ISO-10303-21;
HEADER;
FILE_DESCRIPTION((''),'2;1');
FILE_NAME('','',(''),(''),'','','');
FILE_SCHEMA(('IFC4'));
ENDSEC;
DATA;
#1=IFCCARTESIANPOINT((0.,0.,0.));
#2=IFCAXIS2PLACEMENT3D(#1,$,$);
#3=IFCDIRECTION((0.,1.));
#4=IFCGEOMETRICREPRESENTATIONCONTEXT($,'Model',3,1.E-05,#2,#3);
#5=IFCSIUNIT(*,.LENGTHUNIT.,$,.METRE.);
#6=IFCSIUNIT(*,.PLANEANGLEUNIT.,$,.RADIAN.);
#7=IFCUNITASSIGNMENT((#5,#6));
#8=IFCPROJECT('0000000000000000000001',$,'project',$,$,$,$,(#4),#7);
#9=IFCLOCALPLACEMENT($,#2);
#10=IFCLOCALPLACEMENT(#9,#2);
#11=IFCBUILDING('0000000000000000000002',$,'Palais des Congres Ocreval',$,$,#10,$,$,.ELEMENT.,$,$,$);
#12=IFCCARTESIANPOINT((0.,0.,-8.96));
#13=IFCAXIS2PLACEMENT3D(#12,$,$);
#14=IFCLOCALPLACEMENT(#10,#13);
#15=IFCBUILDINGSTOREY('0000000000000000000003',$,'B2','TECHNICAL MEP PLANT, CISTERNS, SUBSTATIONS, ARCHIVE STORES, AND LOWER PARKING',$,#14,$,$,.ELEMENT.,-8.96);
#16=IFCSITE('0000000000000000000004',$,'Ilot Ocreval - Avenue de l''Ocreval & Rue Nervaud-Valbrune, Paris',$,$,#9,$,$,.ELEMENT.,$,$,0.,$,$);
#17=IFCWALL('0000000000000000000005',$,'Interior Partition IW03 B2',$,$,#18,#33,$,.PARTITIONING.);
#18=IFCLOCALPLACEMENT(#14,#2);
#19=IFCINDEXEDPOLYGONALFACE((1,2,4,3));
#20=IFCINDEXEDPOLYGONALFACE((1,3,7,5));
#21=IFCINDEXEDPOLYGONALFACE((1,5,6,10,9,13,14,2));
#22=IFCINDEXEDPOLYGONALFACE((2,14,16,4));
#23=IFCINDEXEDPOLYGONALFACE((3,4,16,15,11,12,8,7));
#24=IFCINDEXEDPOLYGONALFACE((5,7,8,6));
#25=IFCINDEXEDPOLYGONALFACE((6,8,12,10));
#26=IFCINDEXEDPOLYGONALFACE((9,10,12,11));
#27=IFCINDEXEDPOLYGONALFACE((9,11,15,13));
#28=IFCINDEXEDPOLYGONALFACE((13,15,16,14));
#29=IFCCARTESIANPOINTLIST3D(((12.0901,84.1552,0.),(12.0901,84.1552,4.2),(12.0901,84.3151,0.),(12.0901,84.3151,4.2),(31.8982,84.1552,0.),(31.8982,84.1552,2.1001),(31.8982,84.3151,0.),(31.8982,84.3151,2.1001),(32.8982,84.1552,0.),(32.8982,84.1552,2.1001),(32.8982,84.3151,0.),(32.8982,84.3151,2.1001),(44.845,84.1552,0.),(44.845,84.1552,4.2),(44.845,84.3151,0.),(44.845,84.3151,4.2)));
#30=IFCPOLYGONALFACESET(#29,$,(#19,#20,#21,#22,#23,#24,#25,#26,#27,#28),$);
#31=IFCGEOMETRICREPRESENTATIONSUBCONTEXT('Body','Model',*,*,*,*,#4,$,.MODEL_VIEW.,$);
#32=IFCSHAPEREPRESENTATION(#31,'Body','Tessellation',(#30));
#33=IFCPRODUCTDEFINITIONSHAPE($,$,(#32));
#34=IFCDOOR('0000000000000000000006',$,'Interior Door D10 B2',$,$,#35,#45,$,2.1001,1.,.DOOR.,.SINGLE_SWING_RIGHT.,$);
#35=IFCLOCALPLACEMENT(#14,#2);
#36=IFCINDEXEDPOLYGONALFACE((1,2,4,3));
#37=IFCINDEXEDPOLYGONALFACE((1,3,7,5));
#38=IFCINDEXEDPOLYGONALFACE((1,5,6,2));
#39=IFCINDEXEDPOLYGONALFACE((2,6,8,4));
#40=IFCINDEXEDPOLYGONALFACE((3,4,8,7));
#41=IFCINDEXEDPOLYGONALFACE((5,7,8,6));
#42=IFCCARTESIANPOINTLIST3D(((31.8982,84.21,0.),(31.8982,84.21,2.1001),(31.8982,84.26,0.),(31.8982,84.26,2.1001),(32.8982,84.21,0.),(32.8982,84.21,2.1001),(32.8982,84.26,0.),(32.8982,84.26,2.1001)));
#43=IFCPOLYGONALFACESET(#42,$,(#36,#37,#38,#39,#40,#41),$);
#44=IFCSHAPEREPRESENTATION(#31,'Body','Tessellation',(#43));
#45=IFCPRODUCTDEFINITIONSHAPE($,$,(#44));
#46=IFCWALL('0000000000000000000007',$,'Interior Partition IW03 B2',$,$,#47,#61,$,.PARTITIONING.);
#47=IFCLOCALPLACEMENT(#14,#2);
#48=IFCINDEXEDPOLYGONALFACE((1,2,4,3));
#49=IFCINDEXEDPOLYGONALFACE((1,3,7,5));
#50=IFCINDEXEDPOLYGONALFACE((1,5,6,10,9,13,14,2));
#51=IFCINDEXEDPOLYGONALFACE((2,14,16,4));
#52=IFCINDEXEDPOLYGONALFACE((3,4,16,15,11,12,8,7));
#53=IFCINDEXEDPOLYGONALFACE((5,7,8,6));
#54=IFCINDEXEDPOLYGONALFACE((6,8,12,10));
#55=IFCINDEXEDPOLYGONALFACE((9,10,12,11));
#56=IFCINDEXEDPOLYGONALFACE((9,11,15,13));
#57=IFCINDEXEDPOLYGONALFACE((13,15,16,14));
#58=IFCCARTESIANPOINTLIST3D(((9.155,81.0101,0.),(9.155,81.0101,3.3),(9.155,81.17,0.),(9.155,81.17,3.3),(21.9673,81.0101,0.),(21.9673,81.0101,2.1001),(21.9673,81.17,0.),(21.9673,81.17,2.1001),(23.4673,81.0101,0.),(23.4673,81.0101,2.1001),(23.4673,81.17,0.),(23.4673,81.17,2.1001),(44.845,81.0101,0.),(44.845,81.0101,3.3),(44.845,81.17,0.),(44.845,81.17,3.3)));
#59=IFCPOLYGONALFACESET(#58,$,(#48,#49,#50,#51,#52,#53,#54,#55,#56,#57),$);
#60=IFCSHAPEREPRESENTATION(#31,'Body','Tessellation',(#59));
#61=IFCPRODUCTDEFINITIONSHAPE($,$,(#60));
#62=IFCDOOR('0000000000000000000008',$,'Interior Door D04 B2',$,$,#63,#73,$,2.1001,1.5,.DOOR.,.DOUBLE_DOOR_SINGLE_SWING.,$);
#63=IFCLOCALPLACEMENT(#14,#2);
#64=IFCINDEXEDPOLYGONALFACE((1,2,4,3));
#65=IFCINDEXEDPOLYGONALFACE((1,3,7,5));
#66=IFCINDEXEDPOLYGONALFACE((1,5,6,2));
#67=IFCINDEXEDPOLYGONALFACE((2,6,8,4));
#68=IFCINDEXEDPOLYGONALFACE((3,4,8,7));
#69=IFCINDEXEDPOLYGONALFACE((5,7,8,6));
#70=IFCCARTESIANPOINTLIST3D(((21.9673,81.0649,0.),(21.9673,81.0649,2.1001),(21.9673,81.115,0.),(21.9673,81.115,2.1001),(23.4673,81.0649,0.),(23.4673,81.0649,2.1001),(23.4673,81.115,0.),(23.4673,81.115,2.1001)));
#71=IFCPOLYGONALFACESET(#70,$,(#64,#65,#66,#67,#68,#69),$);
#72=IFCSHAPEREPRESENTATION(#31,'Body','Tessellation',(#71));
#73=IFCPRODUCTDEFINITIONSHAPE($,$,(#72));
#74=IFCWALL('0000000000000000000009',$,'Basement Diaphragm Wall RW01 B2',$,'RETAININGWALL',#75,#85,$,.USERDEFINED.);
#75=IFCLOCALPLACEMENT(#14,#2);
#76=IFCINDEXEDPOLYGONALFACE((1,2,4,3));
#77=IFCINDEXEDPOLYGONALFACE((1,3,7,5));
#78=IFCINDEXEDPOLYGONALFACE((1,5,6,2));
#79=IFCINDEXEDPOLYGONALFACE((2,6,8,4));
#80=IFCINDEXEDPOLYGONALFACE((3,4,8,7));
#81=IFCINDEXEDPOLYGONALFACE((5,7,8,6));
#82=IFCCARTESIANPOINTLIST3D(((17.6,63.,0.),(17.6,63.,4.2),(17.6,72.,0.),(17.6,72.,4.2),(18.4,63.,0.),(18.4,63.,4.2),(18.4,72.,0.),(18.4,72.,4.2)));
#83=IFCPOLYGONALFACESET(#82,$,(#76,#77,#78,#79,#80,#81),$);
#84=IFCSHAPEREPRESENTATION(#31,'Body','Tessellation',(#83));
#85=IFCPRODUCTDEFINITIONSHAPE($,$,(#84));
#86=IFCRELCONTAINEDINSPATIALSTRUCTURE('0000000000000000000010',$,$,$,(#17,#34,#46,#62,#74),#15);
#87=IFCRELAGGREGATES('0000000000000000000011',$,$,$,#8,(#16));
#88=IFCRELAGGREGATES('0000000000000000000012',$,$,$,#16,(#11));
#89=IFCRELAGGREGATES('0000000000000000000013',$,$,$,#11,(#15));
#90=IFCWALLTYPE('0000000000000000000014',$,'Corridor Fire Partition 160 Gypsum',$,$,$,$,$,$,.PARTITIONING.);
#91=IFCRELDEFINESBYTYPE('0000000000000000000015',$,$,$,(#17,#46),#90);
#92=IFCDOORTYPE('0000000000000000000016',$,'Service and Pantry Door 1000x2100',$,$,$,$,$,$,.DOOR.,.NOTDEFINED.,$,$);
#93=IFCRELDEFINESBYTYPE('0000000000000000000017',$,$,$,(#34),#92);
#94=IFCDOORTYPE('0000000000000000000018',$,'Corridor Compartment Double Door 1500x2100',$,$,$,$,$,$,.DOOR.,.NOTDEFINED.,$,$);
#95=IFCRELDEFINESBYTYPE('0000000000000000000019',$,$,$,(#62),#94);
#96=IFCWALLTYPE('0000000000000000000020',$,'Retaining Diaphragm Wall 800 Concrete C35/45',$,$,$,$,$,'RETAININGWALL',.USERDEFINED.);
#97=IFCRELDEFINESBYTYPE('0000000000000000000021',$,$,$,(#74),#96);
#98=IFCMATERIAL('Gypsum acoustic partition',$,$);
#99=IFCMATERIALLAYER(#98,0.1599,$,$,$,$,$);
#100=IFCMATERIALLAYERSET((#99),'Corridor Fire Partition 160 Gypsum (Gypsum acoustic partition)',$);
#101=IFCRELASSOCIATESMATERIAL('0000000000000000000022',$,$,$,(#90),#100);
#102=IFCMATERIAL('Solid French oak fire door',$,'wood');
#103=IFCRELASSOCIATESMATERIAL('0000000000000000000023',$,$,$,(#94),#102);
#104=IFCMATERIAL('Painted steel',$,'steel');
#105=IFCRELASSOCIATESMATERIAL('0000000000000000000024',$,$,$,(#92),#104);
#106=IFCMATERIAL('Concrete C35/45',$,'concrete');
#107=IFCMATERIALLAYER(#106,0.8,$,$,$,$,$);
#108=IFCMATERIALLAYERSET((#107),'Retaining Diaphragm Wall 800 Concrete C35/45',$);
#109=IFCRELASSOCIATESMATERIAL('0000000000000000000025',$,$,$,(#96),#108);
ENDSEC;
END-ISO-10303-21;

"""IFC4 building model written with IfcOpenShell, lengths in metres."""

from ifc_helpers import new_model, si_unit, direction, frame, frame_2d, origin, place, context, subcontext, project, spatial, rectangle, extrude, material, layer, layer_set, type_object, element, fill, save


model = new_model("IFC4")

# Units and contexts
model_context = context("Model", 3, precision=1e-05, world=origin(), true_north=direction((0.0, 1.0)))
body_context = subcontext(model_context, "Body", "Model", "MODEL_VIEW")
ifc_project = project(units=[si_unit("LENGTHUNIT", "METRE"), si_unit("PLANEANGLEUNIT", "RADIAN")], contexts=[model_context])

# Site, building, storey
site_placement = place(None, origin())
site = spatial("IfcSite", under=ifc_project, at=site_placement, Name="Ilot Ocreval - Avenue de l'Ocreval & Rue Nervaud-Valbrune, Paris", CompositionType="ELEMENT", RefElevation=0.0)
building_placement = place(site_placement, origin())
building = spatial("IfcBuilding", under=site, at=building_placement, Name="Palais des Congres Ocreval", CompositionType="ELEMENT")
storey_placement = place(building_placement, frame((0.0, 0.0, -8.96)))
storey = spatial("IfcBuildingStorey", under=building, at=storey_placement, Name="B2", Description="TECHNICAL MEP PLANT, CISTERNS, SUBSTATIONS, ARCHIVE STORES, AND LOWER PARKING", CompositionType="ELEMENT", Elevation=-8.96)

# Shared definitions
ifc_material_1 = material(Name="Concrete C35/45", Category="concrete")

# Shared definitions
ifc_material_2 = material(Name="Gypsum acoustic partition")
ifc_layer_1 = layer(ifc_material_2, 0.1599)
ifc_layer_set_1 = layer_set([ifc_layer_1], Name="Corridor Fire Partition 160 Gypsum (Gypsum acoustic partition)")
wall_type_1 = type_object("IfcWallType", Name="Corridor Fire Partition 160 Gypsum", PredefinedType="PARTITIONING", material=ifc_layer_set_1)

# Walls, openings, doors
ifc_material_3 = material(Name="Solid French oak fire door", Category="wood")
door_type_1 = type_object("IfcDoorType", Name="Corridor Compartment Double Door 1500x2100", OperationType="NOTDEFINED", PredefinedType="DOOR", material=ifc_material_3)
wall_1_placement = place(storey_placement, frame((12.0901, 84.2351, 0.0), z_axis=(0.0, 0.0, 1.0), x_axis=(1.0, 0.0, 0.0)))
wall_1 = element("IfcWall", 1, at=wall_1_placement, inside=storey, type_object=wall_type_1, Name="Interior Partition IW03 B2", PredefinedType="PARTITIONING", context=body_context, shape_type="SweptSolid", body=[
    extrude(rectangle(XDim=32.7549, YDim=0.1599, at=frame_2d((16.3774, 0.0))), origin(), (0.0, 0.0, 1.0), 4.2),
])
opening_1_placement = place(wall_1_placement, frame((19.8081, 0.0, 0.0)))
opening_1 = element("IfcOpeningElement", 2, at=opening_1_placement, cuts=wall_1, PredefinedType="OPENING", context=body_context, shape_type="SweptSolid", body=[
    extrude(rectangle(XDim=1.0, YDim=2.1001, at=frame_2d((0.5, 1.05))), frame((0.0, 0.0898, 0.0), z_axis=(0.0, -1.0, 0.0), x_axis=(1.0, 0.0, 0.0)), (0.0, 0.0, 1.0), 0.1799),
])
ifc_material_4 = material(Name="Painted steel", Category="steel")
door_type_2 = type_object("IfcDoorType", Name="Service and Pantry Door 1000x2100", OperationType="NOTDEFINED", PredefinedType="DOOR", material=ifc_material_4)
door_1_placement = place(opening_1_placement, origin())
door_1 = element("IfcDoor", 3, at=door_1_placement, inside=storey, type_object=door_type_2, Name="Interior Door D10 B2", OperationType="SINGLE_SWING_RIGHT", OverallHeight=2.1001, OverallWidth=1.0, PredefinedType="DOOR", context=body_context, shape_type="SweptSolid", body=[
    extrude(rectangle(XDim=1.0, YDim=2.1001, at=frame_2d((0.5, 1.05))), frame((0.0, 0.0249, 0.0), z_axis=(0.0, -1.0, 0.0), x_axis=(1.0, 0.0, 0.0)), (0.0, 0.0, 1.0), 0.05),
])
fill(opening_1, door_1)
wall_2_placement = place(storey_placement, frame((9.155, 81.0901, 0.0), z_axis=(0.0, 0.0, 1.0), x_axis=(1.0, 0.0, 0.0)))
wall_2 = element("IfcWall", 4, at=wall_2_placement, inside=storey, type_object=wall_type_1, Name="Interior Partition IW03 B2", PredefinedType="PARTITIONING", context=body_context, shape_type="SweptSolid", body=[
    extrude(rectangle(XDim=35.6899, YDim=0.1599, at=frame_2d((17.845, 0.0))), origin(), (0.0, 0.0, 1.0), 3.3),
])
opening_2_placement = place(wall_2_placement, frame((12.8123, 0.0, 0.0)))
opening_2 = element("IfcOpeningElement", 5, at=opening_2_placement, cuts=wall_2, PredefinedType="OPENING", context=body_context, shape_type="SweptSolid", body=[
    extrude(rectangle(XDim=1.5, YDim=2.1001, at=frame_2d((0.75, 1.05))), frame((0.0, 0.0898, 0.0), z_axis=(0.0, -1.0, 0.0), x_axis=(1.0, 0.0, 0.0)), (0.0, 0.0, 1.0), 0.1799),
])
door_2_placement = place(opening_2_placement, origin())
door_2 = element("IfcDoor", 6, at=door_2_placement, inside=storey, type_object=door_type_1, Name="Interior Door D04 B2", OperationType="DOUBLE_DOOR_SINGLE_SWING", OverallHeight=2.1001, OverallWidth=1.5, PredefinedType="DOOR", context=body_context, shape_type="SweptSolid", body=[
    extrude(rectangle(XDim=1.5, YDim=2.1001, at=frame_2d((0.75, 1.05))), frame((0.0, 0.0249, 0.0), z_axis=(0.0, -1.0, 0.0), x_axis=(1.0, 0.0, 0.0)), (0.0, 0.0, 1.0), 0.05),
])
fill(opening_2, door_2)

# Wall
ifc_layer_2 = layer(ifc_material_1, 0.8)
ifc_layer_set_2 = layer_set([ifc_layer_2], Name="Retaining Diaphragm Wall 800 Concrete C35/45")
wall_type_2 = type_object("IfcWallType", Name="Retaining Diaphragm Wall 800 Concrete C35/45", ElementType="RETAININGWALL", PredefinedType="USERDEFINED", material=ifc_layer_set_2)
wall_3_placement = place(storey_placement, frame((18.0, 72.0, 0.0), z_axis=(0.0, 0.0, 1.0), x_axis=(0.0, -1.0, 0.0)))
element("IfcWall", 7, at=wall_3_placement, inside=storey, type_object=wall_type_2, Name="Basement Diaphragm Wall RW01 B2", ObjectType="RETAININGWALL", PredefinedType="USERDEFINED", context=body_context, shape_type="SweptSolid", body=[
    extrude(rectangle(XDim=9.0, YDim=0.8, at=frame_2d((4.5, 0.0))), origin(), (0.0, 0.0, 1.0), 4.2),
])

save(model, "model.ifc")
